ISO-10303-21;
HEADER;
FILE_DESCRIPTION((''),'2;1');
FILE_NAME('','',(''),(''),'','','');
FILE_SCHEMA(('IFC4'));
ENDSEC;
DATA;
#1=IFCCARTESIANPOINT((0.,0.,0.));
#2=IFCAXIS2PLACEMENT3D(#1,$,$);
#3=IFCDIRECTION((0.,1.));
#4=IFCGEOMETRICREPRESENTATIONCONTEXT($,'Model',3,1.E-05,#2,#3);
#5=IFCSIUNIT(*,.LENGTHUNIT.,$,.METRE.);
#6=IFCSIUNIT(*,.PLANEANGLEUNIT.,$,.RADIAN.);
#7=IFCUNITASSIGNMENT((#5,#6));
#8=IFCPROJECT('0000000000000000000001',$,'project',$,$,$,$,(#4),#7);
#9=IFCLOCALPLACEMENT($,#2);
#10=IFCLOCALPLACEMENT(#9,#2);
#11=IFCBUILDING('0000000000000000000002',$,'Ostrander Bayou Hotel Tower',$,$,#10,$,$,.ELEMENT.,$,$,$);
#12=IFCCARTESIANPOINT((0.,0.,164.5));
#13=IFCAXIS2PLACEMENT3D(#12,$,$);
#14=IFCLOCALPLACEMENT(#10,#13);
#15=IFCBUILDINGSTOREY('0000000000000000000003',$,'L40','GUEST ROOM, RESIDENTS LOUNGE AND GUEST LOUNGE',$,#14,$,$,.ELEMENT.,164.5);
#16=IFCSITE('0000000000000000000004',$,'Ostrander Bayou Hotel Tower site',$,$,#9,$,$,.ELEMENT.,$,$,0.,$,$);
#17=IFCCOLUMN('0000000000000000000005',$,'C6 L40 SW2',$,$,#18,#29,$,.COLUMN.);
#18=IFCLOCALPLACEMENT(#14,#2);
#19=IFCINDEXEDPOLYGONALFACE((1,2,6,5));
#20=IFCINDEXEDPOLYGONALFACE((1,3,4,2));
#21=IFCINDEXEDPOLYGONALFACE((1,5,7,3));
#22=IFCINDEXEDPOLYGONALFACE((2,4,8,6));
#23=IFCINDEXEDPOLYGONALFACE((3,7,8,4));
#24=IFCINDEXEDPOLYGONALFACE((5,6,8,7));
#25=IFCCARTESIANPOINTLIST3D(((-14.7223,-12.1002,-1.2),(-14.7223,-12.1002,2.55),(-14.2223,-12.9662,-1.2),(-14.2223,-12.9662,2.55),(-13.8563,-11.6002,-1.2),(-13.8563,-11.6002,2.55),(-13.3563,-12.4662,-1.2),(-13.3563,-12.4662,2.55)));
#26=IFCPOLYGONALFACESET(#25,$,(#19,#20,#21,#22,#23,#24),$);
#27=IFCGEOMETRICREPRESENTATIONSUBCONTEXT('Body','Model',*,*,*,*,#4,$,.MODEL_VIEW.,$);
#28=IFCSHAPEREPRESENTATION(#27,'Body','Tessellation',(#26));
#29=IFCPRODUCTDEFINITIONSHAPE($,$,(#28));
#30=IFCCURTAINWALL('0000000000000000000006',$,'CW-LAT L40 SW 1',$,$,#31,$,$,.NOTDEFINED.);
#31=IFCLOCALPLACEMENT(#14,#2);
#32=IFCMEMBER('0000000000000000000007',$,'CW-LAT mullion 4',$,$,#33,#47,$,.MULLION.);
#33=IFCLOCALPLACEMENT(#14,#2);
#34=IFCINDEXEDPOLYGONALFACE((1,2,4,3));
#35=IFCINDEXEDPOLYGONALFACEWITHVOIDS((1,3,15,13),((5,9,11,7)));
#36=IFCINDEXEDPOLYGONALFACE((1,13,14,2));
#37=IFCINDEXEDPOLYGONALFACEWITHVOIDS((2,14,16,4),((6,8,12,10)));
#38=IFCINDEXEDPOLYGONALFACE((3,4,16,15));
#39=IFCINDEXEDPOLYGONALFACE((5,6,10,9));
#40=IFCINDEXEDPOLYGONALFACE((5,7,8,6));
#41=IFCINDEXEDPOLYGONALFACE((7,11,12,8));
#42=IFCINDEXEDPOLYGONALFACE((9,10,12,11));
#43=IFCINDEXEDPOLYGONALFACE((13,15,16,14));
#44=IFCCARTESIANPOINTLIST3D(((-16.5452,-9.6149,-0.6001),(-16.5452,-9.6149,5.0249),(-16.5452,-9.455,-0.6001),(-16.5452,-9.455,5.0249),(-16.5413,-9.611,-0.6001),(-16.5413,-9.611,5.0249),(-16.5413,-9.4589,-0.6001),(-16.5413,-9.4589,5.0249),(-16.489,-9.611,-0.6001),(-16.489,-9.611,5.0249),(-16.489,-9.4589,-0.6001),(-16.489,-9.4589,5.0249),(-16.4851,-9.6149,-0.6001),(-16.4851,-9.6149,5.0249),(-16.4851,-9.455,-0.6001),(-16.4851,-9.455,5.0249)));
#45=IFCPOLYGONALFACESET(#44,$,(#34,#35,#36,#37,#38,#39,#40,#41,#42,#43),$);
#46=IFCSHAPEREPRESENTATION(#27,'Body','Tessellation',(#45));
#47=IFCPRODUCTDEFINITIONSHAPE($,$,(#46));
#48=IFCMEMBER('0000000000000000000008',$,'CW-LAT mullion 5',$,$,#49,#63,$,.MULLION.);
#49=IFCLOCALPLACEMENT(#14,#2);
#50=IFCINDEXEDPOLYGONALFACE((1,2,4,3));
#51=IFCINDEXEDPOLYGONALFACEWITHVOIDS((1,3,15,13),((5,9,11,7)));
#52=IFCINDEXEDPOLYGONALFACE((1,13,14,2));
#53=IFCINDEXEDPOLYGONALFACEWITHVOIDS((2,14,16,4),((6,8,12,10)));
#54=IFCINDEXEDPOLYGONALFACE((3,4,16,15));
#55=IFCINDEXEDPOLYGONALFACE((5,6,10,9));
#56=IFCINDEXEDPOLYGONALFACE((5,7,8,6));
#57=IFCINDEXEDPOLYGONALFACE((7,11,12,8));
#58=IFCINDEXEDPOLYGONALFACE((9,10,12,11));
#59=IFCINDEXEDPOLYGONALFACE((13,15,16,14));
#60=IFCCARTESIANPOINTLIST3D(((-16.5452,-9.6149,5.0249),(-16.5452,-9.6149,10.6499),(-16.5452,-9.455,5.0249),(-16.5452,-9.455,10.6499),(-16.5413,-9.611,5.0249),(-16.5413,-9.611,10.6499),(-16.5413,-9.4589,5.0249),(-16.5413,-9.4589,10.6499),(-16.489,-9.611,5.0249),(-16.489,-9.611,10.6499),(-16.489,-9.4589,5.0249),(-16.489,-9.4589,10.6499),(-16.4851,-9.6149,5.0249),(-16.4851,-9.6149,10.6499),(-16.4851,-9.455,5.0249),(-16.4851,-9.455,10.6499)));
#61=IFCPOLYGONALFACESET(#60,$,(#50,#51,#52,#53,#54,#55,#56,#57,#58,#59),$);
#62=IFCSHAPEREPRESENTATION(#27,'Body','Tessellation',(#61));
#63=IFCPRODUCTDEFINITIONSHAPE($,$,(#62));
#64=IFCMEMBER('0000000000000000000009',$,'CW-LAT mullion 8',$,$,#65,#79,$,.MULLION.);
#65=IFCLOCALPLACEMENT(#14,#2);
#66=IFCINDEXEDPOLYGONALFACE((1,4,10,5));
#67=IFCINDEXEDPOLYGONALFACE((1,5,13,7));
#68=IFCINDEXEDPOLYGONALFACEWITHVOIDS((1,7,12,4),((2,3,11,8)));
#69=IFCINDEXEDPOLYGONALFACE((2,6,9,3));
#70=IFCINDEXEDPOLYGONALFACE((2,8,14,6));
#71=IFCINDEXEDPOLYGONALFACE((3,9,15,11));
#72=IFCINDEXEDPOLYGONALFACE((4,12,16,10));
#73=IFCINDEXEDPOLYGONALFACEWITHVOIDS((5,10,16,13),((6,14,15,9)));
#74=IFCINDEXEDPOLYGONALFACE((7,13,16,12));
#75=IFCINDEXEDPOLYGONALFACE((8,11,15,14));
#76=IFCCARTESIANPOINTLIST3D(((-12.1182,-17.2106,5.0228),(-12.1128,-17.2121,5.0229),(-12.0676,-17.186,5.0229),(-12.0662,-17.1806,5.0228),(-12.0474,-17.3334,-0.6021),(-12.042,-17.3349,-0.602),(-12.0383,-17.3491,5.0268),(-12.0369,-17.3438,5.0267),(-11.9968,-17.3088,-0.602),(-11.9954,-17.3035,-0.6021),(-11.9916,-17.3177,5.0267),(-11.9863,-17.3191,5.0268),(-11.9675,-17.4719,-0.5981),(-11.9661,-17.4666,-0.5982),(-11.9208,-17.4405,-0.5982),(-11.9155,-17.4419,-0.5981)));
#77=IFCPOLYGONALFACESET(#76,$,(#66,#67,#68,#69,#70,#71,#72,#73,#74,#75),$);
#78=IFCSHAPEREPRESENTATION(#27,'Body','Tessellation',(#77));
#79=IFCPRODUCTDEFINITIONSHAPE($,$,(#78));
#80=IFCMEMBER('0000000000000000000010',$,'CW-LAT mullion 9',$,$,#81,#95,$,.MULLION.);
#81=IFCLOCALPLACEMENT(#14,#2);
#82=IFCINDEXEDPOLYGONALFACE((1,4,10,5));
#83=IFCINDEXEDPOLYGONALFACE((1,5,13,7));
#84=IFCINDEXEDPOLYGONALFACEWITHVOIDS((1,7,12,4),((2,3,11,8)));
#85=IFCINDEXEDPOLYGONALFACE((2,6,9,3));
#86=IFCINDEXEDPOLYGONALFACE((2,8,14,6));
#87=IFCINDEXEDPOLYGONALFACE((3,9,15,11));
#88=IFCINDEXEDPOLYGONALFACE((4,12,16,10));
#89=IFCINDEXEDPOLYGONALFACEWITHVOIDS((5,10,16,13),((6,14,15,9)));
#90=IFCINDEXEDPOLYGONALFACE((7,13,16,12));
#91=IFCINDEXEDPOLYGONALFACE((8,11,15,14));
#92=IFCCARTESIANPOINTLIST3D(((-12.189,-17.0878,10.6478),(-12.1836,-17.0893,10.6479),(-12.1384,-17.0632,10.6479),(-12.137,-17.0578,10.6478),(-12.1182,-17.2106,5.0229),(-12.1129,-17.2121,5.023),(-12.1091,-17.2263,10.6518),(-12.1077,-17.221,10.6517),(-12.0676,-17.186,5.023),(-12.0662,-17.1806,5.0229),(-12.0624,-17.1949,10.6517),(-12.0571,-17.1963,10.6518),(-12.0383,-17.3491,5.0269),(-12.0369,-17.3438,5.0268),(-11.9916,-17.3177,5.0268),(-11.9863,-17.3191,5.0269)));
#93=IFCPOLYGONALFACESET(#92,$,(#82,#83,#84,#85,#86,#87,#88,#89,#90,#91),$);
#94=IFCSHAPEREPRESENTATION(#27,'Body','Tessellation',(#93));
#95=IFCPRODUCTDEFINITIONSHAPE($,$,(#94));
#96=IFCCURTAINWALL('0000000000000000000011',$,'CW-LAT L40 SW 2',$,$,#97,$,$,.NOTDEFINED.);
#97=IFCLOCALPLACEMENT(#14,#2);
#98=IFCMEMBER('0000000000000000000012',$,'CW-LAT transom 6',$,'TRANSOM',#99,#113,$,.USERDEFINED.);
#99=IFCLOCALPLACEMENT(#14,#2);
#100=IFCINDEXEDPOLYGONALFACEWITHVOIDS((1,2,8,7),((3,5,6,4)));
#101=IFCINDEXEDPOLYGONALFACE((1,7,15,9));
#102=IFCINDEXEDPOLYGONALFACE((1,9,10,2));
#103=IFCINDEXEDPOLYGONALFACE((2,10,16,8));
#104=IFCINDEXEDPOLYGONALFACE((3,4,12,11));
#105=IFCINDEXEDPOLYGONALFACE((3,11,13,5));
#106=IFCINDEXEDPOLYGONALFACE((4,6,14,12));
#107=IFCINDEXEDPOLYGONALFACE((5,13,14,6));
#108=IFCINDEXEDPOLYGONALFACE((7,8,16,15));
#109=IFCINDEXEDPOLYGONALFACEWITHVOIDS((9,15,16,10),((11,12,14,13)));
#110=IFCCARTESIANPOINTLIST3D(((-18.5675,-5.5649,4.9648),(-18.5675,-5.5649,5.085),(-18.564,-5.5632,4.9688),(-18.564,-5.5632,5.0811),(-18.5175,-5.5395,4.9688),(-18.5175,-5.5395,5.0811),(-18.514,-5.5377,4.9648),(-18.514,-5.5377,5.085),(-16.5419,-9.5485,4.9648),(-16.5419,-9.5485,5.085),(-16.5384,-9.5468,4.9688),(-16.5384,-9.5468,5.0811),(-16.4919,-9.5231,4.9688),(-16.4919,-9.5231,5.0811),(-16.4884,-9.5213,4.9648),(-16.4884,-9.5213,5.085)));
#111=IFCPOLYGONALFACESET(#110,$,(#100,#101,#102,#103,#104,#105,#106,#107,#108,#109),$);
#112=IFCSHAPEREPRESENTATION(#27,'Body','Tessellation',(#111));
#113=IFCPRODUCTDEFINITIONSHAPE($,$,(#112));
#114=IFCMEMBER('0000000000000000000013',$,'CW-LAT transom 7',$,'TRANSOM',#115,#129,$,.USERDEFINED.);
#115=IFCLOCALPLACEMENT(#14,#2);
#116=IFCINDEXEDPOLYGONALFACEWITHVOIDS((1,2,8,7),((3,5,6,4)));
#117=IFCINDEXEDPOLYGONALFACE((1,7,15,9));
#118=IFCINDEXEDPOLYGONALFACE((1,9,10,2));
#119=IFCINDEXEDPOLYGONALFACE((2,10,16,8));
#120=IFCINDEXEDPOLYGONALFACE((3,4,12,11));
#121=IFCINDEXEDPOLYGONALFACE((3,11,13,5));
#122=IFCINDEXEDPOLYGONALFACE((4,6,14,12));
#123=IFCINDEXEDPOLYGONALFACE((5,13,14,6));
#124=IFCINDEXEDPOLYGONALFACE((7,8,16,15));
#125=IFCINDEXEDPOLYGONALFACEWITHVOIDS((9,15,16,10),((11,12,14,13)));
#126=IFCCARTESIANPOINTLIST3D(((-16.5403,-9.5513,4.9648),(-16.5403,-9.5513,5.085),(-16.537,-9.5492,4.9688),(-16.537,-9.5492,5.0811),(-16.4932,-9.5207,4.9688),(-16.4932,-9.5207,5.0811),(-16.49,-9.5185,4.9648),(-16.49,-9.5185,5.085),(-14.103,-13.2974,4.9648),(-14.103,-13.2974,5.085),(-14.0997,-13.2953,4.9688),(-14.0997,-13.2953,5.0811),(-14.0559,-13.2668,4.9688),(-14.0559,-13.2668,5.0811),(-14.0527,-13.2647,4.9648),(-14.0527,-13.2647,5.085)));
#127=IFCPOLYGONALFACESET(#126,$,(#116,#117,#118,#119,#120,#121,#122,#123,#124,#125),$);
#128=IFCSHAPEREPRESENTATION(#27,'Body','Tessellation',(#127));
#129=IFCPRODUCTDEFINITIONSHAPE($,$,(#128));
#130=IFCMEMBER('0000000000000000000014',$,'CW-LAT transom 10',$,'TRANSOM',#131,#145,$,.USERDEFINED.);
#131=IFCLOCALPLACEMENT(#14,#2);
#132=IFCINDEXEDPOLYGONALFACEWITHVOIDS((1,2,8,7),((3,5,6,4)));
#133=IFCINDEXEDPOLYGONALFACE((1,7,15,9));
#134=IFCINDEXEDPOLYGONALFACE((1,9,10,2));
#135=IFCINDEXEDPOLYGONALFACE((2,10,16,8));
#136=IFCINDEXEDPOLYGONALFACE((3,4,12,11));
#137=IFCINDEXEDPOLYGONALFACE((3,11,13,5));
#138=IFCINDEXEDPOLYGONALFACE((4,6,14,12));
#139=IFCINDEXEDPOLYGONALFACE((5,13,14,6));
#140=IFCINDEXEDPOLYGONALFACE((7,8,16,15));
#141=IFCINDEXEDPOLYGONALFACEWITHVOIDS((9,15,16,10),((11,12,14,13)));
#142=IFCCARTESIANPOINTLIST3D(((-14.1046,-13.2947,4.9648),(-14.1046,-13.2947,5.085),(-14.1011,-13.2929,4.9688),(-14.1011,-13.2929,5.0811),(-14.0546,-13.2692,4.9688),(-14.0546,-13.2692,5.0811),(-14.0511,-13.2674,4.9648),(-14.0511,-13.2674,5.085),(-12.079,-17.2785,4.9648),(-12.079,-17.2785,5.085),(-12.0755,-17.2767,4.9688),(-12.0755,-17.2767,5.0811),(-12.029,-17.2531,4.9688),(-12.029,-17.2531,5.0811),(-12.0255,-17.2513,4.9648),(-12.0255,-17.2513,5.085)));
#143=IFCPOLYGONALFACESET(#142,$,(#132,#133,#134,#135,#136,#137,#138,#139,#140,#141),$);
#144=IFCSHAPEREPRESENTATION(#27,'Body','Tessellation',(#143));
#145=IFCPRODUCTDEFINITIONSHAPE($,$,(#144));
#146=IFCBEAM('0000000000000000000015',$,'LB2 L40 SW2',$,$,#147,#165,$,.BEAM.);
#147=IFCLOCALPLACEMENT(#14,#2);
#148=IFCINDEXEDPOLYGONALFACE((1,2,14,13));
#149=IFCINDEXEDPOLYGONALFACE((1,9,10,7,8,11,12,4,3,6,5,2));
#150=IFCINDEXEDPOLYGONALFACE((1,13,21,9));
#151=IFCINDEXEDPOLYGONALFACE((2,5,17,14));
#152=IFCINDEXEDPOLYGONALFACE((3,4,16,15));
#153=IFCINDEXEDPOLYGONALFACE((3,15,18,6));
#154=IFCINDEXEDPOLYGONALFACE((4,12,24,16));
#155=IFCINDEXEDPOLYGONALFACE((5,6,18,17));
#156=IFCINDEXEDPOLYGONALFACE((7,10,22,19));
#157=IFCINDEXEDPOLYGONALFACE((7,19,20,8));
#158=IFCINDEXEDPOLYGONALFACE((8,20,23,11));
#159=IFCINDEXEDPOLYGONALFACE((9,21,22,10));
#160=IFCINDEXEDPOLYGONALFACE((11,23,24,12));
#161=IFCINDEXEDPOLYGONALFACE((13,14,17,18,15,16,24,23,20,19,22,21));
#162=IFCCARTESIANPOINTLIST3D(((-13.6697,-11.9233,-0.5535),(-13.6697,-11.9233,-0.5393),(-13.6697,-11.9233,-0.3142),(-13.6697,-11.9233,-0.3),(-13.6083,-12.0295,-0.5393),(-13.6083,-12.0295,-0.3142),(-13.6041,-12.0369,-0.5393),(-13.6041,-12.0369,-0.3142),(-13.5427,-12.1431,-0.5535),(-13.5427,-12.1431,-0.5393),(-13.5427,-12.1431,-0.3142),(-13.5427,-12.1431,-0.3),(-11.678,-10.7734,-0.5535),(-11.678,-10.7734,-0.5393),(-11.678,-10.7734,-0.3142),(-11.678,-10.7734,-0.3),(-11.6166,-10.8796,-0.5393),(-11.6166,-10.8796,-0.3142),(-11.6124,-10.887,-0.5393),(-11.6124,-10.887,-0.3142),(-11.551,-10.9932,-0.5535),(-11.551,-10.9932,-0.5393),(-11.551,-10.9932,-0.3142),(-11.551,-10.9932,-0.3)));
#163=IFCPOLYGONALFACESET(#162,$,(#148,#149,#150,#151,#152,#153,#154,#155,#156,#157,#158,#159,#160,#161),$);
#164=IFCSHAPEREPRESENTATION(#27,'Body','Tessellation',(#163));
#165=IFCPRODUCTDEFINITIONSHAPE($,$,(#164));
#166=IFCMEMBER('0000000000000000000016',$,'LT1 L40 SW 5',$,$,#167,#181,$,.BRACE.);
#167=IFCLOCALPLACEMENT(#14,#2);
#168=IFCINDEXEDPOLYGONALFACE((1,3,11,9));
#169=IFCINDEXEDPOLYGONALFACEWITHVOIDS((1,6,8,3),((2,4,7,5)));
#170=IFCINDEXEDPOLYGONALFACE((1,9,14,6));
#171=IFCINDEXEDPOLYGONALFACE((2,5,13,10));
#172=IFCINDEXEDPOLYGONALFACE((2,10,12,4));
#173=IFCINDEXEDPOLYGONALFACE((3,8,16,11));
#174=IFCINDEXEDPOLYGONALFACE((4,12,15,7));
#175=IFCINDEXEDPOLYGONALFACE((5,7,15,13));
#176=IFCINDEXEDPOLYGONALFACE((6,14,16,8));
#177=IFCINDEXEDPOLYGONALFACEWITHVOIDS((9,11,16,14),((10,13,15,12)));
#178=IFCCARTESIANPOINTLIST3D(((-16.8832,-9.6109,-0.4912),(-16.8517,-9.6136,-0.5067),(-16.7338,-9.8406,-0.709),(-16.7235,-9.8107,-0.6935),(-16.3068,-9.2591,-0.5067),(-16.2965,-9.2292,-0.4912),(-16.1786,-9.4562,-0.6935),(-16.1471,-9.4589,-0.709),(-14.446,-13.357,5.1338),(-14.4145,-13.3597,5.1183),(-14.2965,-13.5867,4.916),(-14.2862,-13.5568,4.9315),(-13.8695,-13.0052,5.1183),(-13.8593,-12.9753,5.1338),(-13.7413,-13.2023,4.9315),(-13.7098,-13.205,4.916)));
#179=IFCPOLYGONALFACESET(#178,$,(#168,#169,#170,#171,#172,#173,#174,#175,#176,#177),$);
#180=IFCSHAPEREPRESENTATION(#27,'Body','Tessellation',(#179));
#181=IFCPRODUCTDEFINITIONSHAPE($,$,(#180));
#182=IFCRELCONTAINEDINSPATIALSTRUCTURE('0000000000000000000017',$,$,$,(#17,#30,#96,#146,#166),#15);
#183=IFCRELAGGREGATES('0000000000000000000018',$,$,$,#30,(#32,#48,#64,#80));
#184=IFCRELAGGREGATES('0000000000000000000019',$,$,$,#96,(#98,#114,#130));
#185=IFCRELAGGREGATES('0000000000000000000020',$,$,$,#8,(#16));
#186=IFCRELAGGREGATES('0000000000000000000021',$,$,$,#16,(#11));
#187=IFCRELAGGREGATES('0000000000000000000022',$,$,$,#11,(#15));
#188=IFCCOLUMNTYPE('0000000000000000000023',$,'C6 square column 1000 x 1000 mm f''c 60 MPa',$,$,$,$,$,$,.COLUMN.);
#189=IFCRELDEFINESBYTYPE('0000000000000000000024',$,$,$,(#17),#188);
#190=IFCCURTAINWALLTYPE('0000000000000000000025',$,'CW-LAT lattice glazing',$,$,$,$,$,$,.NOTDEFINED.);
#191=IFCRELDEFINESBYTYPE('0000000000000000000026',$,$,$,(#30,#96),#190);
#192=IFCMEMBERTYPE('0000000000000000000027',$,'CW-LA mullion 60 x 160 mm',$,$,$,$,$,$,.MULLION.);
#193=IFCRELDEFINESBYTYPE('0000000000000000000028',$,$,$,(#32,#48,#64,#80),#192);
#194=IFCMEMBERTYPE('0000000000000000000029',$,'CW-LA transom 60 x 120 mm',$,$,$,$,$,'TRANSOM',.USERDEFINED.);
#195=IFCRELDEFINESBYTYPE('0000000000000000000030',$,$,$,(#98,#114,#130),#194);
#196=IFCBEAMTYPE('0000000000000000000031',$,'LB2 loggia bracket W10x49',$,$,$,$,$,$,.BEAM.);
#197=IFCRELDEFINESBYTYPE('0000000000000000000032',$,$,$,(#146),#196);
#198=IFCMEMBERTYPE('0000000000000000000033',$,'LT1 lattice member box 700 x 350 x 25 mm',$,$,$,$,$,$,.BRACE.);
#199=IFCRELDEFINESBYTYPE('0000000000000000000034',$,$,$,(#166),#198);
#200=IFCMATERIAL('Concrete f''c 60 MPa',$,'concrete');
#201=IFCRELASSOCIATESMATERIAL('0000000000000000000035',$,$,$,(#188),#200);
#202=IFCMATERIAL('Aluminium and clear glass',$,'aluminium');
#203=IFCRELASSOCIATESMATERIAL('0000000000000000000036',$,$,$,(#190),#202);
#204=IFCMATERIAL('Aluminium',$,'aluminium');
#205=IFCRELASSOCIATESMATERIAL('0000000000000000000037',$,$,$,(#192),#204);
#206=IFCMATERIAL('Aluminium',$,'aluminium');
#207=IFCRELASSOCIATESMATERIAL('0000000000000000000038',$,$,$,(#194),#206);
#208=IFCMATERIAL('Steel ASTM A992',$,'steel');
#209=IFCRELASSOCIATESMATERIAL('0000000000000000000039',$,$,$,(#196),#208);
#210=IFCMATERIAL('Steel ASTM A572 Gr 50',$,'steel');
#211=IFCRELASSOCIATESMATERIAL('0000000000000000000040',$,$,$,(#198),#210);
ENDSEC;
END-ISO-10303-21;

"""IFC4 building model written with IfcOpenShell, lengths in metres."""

from ifc_helpers import new_model, si_unit, direction, frame, origin, origin_2d, place, context, subcontext, project, spatial, rectangle, hollow_rectangle, i_section, extrude, material, material_profile, profile_set, type_object, element, aggregate, save


model = new_model("IFC4")

# Units and contexts
model_context = context("Model", 3, precision=1e-05, world=origin(), true_north=direction((0.0, 1.0)))
body_context = subcontext(model_context, "Body", "Model", "MODEL_VIEW")
ifc_project = project(units=[si_unit("LENGTHUNIT", "METRE"), si_unit("PLANEANGLEUNIT", "RADIAN")], contexts=[model_context])

# Site, building, storey
site_placement = place(None, origin())
site = spatial("IfcSite", under=ifc_project, at=site_placement, Name="Ostrander Bayou Hotel Tower site", CompositionType="ELEMENT", RefElevation=0.0)
building_placement = place(site_placement, origin())
building = spatial("IfcBuilding", under=site, at=building_placement, Name="Ostrander Bayou Hotel Tower", CompositionType="ELEMENT")
storey_placement = place(building_placement, frame((0.0, 0.0, 164.5)))
storey = spatial("IfcBuildingStorey", under=building, at=storey_placement, Name="L40", Description="GUEST ROOM, RESIDENTS LOUNGE AND GUEST LOUNGE", CompositionType="ELEMENT", Elevation=164.5)

# Column
ifc_material_1 = material(Name="Concrete f'c 60 MPa", Category="concrete")
ifc_material_profile_1 = material_profile(ifc_material_1, rectangle(XDim=1.0, YDim=1.0, at=origin_2d()))
ifc_profile_set_1 = profile_set([ifc_material_profile_1], Name="Concrete f'c 60 MPa")
column_type = type_object("IfcColumnType", Name="C6 square column 1000 x 1000 mm f'c 60 MPa", PredefinedType="COLUMN", material=ifc_profile_set_1)
column_placement = place(storey_placement, frame((-14.0393, -12.2832, -1.2), z_axis=(0.0, 0.0, 1.0), x_axis=(-0.5, 0.866025, 0.0)))
element("IfcColumn", 1, at=column_placement, inside=storey, type_object=column_type, Name="C6 L40 SW2", PredefinedType="COLUMN", context=body_context, shape_type="SweptSolid", body=[
    extrude(rectangle(XDim=1.0, YDim=1.0, at=origin_2d()), origin(), (0.0, 0.0, 1.0), 3.75),
])

# Curtain walls, members
ifc_material_2 = material(Name="Aluminium and clear glass", Category="aluminium")
curtain_wall_type = type_object("IfcCurtainWallType", Name="CW-LAT lattice glazing", PredefinedType="NOTDEFINED", material=ifc_material_2)
curtain_wall_1_placement = place(storey_placement, origin())
curtain_wall_1 = element("IfcCurtainWall", 2, at=curtain_wall_1_placement, inside=storey, type_object=curtain_wall_type, Name="CW-LAT L40 SW 1", PredefinedType="NOTDEFINED")
ifc_material_3 = material(Name="Aluminium", Category="aluminium")
ifc_material_profile_2 = material_profile(ifc_material_3, hollow_rectangle(XDim=0.0601, YDim=0.1599, WallThickness=0.0039, at=origin_2d()))
ifc_profile_set_2 = profile_set([ifc_material_profile_2], Name="Aluminium")
member_type_1 = type_object("IfcMemberType", Name="CW-LA mullion 60 x 160 mm", PredefinedType="MULLION", material=ifc_profile_set_2)
member_1_placement = place(storey_placement, frame((-16.5151, -9.5349, -0.6001), z_axis=(0.0, 0.0, 1.0), x_axis=(1.0, 0.0, 0.0)))
member_1 = element("IfcMember", 3, at=member_1_placement, type_object=member_type_1, Name="CW-LAT mullion 4", PredefinedType="MULLION", context=body_context, shape_type="SweptSolid", body=[
    extrude(hollow_rectangle(XDim=0.0601, YDim=0.1599, WallThickness=0.0039, at=origin_2d()), origin(), (0.0, 0.0, 1.0), 5.625),
])
member_2_placement = place(storey_placement, frame((-16.5151, -9.5349, 5.0249), z_axis=(0.0, 0.0, 1.0), x_axis=(1.0, 0.0, 0.0)))
member_2 = element("IfcMember", 4, at=member_2_placement, type_object=member_type_1, Name="CW-LAT mullion 5", PredefinedType="MULLION", context=body_context, shape_type="SweptSolid", body=[
    extrude(hollow_rectangle(XDim=0.0601, YDim=0.1599, WallThickness=0.0039, at=origin_2d()), origin(), (0.0, 0.0, 1.0), 5.625),
])
member_3_placement = place(storey_placement, frame((-11.9814, -17.3877, -0.6001), z_axis=(-0.012583, 0.021825, 0.999683), x_axis=(-0.866329, -0.499474, 0.0)))
member_3 = element("IfcMember", 5, at=member_3_placement, type_object=member_type_1, Name="CW-LAT mullion 8", PredefinedType="MULLION", context=body_context, shape_type="SweptSolid", body=[
    extrude(hollow_rectangle(XDim=0.0601, YDim=0.1599, WallThickness=0.0039, at=origin_2d()), origin(), (0.0, 0.0, 1.0), 5.6267),
])
member_4_placement = place(storey_placement, frame((-12.0522, -17.2649, 5.0249), z_axis=(-0.012583, 0.021825, 0.999683), x_axis=(-0.866329, -0.499474, 0.0)))
member_4 = element("IfcMember", 6, at=member_4_placement, type_object=member_type_1, Name="CW-LAT mullion 9", PredefinedType="MULLION", context=body_context, shape_type="SweptSolid", body=[
    extrude(hollow_rectangle(XDim=0.0601, YDim=0.1599, WallThickness=0.0039, at=origin_2d()), origin(), (0.0, 0.0, 1.0), 5.6267),
])
curtain_wall_2_placement = place(storey_placement, origin())
curtain_wall_2 = element("IfcCurtainWall", 7, at=curtain_wall_2_placement, inside=storey, type_object=curtain_wall_type, Name="CW-LAT L40 SW 2", PredefinedType="NOTDEFINED")
ifc_material_4 = material(Name="Aluminium", Category="aluminium")
ifc_material_profile_3 = material_profile(ifc_material_4, hollow_rectangle(XDim=0.0601, YDim=0.1201, WallThickness=0.0039, at=origin_2d()))
ifc_profile_set_3 = profile_set([ifc_material_profile_3], Name="Aluminium")
member_type_2 = type_object("IfcMemberType", Name="CW-LA transom 60 x 120 mm", ElementType="TRANSOM", PredefinedType="USERDEFINED", material=ifc_profile_set_3)
member_5_placement = place(storey_placement, frame((-16.5151, -9.5349, 5.0249), z_axis=(-0.453256, 0.89138, 0.0), x_axis=(-0.89138, -0.453256, 0.0)))
member_5 = element("IfcMember", 8, at=member_5_placement, type_object=member_type_2, Name="CW-LAT transom 6", ObjectType="TRANSOM", PredefinedType="USERDEFINED", context=body_context, shape_type="SweptSolid", body=[
    extrude(hollow_rectangle(XDim=0.0601, YDim=0.1201, WallThickness=0.0039, at=origin_2d()), origin(), (0.0, 0.0, 1.0), 4.469),
])
member_6_placement = place(storey_placement, frame((-16.5151, -9.5349, 5.0249), z_axis=(0.545349, -0.838209, 0.0), x_axis=(0.838209, 0.545349, 0.0)))
member_6 = element("IfcMember", 9, at=member_6_placement, type_object=member_type_2, Name="CW-LAT transom 7", ObjectType="TRANSOM", PredefinedType="USERDEFINED", context=body_context, shape_type="SweptSolid", body=[
    extrude(hollow_rectangle(XDim=0.0601, YDim=0.1201, WallThickness=0.0039, at=origin_2d()), origin(), (0.0, 0.0, 1.0), 4.4692),
])
member_7_placement = place(storey_placement, frame((-12.0522, -17.2649, 5.0249), z_axis=(-0.453234, 0.891391, 0.0), x_axis=(-0.891391, -0.453234, 0.0)))
member_7 = element("IfcMember", 10, at=member_7_placement, type_object=member_type_2, Name="CW-LAT transom 10", ObjectType="TRANSOM", PredefinedType="USERDEFINED", context=body_context, shape_type="SweptSolid", body=[
    extrude(hollow_rectangle(XDim=0.0601, YDim=0.1201, WallThickness=0.0039, at=origin_2d()), origin(), (0.0, 0.0, 1.0), 4.4692),
])

# Beam
ifc_material_5 = material(Name="Steel ASTM A992", Category="steel")
ifc_material_profile_4 = material_profile(ifc_material_5, i_section(OverallWidth=0.2539, OverallDepth=0.2534, WebThickness=0.0085, FlangeThickness=0.0142, at=origin_2d()))
ifc_profile_set_4 = profile_set([ifc_material_profile_4], Name="Steel ASTM A992")
beam_type_1 = type_object("IfcBeamType", Name="LB2 loggia bracket W10x49", PredefinedType="BEAM", material=ifc_profile_set_4)
beam_1_placement = place(storey_placement, frame((-13.6062, -12.0332, -0.4268), z_axis=(0.866026, 0.499998, 0.0), x_axis=(-0.499998, 0.866026, 0.0)))
element("IfcBeam", 11, at=beam_1_placement, inside=storey, type_object=beam_type_1, Name="LB2 L40 SW2", PredefinedType="BEAM", context=body_context, shape_type="SweptSolid", body=[
    extrude(i_section(OverallWidth=0.2539, OverallDepth=0.2534, WebThickness=0.0085, FlangeThickness=0.0142, at=origin_2d()), origin(), (0.0, 0.0, 1.0), 2.2998),
])

# Member
ifc_material_6 = material(Name="Steel ASTM A572 Gr 50", Category="steel")
ifc_material_profile_5 = material_profile(ifc_material_6, hollow_rectangle(XDim=0.7, YDim=0.3501, WallThickness=0.0249, at=origin_2d()))
ifc_profile_set_5 = profile_set([ifc_material_profile_5], Name="Steel ASTM A572 Gr 50")
member_type_3 = type_object("IfcMemberType", Name="LT1 lattice member box 700 x 350 x 25 mm", PredefinedType="BRACE", material=ifc_profile_set_5)
for number, where, z_axis, x_axis, name in (
    (12, (-14.0779, -13.281, 5.0249), (-0.339248, 0.521428, -0.782958), (-0.838209, -0.545349, 0.0), "LT1 L40 SW 5"),
):
    element("IfcMember", number, at=place(storey_placement, frame(where, z_axis=z_axis, x_axis=x_axis)), inside=storey, type_object=member_type_3, Name=name, PredefinedType="BRACE", context=body_context, shape_type="SweptSolid", body=[
        extrude(hollow_rectangle(XDim=0.7, YDim=0.3501, WallThickness=0.0249, at=origin_2d()), origin(), (0.0, 0.0, 1.0), 7.1843),
    ])

aggregate(curtain_wall_1, [member_1, member_2, member_3, member_4])
aggregate(curtain_wall_2, [member_5, member_6, member_7])

save(model, "model.ifc")
